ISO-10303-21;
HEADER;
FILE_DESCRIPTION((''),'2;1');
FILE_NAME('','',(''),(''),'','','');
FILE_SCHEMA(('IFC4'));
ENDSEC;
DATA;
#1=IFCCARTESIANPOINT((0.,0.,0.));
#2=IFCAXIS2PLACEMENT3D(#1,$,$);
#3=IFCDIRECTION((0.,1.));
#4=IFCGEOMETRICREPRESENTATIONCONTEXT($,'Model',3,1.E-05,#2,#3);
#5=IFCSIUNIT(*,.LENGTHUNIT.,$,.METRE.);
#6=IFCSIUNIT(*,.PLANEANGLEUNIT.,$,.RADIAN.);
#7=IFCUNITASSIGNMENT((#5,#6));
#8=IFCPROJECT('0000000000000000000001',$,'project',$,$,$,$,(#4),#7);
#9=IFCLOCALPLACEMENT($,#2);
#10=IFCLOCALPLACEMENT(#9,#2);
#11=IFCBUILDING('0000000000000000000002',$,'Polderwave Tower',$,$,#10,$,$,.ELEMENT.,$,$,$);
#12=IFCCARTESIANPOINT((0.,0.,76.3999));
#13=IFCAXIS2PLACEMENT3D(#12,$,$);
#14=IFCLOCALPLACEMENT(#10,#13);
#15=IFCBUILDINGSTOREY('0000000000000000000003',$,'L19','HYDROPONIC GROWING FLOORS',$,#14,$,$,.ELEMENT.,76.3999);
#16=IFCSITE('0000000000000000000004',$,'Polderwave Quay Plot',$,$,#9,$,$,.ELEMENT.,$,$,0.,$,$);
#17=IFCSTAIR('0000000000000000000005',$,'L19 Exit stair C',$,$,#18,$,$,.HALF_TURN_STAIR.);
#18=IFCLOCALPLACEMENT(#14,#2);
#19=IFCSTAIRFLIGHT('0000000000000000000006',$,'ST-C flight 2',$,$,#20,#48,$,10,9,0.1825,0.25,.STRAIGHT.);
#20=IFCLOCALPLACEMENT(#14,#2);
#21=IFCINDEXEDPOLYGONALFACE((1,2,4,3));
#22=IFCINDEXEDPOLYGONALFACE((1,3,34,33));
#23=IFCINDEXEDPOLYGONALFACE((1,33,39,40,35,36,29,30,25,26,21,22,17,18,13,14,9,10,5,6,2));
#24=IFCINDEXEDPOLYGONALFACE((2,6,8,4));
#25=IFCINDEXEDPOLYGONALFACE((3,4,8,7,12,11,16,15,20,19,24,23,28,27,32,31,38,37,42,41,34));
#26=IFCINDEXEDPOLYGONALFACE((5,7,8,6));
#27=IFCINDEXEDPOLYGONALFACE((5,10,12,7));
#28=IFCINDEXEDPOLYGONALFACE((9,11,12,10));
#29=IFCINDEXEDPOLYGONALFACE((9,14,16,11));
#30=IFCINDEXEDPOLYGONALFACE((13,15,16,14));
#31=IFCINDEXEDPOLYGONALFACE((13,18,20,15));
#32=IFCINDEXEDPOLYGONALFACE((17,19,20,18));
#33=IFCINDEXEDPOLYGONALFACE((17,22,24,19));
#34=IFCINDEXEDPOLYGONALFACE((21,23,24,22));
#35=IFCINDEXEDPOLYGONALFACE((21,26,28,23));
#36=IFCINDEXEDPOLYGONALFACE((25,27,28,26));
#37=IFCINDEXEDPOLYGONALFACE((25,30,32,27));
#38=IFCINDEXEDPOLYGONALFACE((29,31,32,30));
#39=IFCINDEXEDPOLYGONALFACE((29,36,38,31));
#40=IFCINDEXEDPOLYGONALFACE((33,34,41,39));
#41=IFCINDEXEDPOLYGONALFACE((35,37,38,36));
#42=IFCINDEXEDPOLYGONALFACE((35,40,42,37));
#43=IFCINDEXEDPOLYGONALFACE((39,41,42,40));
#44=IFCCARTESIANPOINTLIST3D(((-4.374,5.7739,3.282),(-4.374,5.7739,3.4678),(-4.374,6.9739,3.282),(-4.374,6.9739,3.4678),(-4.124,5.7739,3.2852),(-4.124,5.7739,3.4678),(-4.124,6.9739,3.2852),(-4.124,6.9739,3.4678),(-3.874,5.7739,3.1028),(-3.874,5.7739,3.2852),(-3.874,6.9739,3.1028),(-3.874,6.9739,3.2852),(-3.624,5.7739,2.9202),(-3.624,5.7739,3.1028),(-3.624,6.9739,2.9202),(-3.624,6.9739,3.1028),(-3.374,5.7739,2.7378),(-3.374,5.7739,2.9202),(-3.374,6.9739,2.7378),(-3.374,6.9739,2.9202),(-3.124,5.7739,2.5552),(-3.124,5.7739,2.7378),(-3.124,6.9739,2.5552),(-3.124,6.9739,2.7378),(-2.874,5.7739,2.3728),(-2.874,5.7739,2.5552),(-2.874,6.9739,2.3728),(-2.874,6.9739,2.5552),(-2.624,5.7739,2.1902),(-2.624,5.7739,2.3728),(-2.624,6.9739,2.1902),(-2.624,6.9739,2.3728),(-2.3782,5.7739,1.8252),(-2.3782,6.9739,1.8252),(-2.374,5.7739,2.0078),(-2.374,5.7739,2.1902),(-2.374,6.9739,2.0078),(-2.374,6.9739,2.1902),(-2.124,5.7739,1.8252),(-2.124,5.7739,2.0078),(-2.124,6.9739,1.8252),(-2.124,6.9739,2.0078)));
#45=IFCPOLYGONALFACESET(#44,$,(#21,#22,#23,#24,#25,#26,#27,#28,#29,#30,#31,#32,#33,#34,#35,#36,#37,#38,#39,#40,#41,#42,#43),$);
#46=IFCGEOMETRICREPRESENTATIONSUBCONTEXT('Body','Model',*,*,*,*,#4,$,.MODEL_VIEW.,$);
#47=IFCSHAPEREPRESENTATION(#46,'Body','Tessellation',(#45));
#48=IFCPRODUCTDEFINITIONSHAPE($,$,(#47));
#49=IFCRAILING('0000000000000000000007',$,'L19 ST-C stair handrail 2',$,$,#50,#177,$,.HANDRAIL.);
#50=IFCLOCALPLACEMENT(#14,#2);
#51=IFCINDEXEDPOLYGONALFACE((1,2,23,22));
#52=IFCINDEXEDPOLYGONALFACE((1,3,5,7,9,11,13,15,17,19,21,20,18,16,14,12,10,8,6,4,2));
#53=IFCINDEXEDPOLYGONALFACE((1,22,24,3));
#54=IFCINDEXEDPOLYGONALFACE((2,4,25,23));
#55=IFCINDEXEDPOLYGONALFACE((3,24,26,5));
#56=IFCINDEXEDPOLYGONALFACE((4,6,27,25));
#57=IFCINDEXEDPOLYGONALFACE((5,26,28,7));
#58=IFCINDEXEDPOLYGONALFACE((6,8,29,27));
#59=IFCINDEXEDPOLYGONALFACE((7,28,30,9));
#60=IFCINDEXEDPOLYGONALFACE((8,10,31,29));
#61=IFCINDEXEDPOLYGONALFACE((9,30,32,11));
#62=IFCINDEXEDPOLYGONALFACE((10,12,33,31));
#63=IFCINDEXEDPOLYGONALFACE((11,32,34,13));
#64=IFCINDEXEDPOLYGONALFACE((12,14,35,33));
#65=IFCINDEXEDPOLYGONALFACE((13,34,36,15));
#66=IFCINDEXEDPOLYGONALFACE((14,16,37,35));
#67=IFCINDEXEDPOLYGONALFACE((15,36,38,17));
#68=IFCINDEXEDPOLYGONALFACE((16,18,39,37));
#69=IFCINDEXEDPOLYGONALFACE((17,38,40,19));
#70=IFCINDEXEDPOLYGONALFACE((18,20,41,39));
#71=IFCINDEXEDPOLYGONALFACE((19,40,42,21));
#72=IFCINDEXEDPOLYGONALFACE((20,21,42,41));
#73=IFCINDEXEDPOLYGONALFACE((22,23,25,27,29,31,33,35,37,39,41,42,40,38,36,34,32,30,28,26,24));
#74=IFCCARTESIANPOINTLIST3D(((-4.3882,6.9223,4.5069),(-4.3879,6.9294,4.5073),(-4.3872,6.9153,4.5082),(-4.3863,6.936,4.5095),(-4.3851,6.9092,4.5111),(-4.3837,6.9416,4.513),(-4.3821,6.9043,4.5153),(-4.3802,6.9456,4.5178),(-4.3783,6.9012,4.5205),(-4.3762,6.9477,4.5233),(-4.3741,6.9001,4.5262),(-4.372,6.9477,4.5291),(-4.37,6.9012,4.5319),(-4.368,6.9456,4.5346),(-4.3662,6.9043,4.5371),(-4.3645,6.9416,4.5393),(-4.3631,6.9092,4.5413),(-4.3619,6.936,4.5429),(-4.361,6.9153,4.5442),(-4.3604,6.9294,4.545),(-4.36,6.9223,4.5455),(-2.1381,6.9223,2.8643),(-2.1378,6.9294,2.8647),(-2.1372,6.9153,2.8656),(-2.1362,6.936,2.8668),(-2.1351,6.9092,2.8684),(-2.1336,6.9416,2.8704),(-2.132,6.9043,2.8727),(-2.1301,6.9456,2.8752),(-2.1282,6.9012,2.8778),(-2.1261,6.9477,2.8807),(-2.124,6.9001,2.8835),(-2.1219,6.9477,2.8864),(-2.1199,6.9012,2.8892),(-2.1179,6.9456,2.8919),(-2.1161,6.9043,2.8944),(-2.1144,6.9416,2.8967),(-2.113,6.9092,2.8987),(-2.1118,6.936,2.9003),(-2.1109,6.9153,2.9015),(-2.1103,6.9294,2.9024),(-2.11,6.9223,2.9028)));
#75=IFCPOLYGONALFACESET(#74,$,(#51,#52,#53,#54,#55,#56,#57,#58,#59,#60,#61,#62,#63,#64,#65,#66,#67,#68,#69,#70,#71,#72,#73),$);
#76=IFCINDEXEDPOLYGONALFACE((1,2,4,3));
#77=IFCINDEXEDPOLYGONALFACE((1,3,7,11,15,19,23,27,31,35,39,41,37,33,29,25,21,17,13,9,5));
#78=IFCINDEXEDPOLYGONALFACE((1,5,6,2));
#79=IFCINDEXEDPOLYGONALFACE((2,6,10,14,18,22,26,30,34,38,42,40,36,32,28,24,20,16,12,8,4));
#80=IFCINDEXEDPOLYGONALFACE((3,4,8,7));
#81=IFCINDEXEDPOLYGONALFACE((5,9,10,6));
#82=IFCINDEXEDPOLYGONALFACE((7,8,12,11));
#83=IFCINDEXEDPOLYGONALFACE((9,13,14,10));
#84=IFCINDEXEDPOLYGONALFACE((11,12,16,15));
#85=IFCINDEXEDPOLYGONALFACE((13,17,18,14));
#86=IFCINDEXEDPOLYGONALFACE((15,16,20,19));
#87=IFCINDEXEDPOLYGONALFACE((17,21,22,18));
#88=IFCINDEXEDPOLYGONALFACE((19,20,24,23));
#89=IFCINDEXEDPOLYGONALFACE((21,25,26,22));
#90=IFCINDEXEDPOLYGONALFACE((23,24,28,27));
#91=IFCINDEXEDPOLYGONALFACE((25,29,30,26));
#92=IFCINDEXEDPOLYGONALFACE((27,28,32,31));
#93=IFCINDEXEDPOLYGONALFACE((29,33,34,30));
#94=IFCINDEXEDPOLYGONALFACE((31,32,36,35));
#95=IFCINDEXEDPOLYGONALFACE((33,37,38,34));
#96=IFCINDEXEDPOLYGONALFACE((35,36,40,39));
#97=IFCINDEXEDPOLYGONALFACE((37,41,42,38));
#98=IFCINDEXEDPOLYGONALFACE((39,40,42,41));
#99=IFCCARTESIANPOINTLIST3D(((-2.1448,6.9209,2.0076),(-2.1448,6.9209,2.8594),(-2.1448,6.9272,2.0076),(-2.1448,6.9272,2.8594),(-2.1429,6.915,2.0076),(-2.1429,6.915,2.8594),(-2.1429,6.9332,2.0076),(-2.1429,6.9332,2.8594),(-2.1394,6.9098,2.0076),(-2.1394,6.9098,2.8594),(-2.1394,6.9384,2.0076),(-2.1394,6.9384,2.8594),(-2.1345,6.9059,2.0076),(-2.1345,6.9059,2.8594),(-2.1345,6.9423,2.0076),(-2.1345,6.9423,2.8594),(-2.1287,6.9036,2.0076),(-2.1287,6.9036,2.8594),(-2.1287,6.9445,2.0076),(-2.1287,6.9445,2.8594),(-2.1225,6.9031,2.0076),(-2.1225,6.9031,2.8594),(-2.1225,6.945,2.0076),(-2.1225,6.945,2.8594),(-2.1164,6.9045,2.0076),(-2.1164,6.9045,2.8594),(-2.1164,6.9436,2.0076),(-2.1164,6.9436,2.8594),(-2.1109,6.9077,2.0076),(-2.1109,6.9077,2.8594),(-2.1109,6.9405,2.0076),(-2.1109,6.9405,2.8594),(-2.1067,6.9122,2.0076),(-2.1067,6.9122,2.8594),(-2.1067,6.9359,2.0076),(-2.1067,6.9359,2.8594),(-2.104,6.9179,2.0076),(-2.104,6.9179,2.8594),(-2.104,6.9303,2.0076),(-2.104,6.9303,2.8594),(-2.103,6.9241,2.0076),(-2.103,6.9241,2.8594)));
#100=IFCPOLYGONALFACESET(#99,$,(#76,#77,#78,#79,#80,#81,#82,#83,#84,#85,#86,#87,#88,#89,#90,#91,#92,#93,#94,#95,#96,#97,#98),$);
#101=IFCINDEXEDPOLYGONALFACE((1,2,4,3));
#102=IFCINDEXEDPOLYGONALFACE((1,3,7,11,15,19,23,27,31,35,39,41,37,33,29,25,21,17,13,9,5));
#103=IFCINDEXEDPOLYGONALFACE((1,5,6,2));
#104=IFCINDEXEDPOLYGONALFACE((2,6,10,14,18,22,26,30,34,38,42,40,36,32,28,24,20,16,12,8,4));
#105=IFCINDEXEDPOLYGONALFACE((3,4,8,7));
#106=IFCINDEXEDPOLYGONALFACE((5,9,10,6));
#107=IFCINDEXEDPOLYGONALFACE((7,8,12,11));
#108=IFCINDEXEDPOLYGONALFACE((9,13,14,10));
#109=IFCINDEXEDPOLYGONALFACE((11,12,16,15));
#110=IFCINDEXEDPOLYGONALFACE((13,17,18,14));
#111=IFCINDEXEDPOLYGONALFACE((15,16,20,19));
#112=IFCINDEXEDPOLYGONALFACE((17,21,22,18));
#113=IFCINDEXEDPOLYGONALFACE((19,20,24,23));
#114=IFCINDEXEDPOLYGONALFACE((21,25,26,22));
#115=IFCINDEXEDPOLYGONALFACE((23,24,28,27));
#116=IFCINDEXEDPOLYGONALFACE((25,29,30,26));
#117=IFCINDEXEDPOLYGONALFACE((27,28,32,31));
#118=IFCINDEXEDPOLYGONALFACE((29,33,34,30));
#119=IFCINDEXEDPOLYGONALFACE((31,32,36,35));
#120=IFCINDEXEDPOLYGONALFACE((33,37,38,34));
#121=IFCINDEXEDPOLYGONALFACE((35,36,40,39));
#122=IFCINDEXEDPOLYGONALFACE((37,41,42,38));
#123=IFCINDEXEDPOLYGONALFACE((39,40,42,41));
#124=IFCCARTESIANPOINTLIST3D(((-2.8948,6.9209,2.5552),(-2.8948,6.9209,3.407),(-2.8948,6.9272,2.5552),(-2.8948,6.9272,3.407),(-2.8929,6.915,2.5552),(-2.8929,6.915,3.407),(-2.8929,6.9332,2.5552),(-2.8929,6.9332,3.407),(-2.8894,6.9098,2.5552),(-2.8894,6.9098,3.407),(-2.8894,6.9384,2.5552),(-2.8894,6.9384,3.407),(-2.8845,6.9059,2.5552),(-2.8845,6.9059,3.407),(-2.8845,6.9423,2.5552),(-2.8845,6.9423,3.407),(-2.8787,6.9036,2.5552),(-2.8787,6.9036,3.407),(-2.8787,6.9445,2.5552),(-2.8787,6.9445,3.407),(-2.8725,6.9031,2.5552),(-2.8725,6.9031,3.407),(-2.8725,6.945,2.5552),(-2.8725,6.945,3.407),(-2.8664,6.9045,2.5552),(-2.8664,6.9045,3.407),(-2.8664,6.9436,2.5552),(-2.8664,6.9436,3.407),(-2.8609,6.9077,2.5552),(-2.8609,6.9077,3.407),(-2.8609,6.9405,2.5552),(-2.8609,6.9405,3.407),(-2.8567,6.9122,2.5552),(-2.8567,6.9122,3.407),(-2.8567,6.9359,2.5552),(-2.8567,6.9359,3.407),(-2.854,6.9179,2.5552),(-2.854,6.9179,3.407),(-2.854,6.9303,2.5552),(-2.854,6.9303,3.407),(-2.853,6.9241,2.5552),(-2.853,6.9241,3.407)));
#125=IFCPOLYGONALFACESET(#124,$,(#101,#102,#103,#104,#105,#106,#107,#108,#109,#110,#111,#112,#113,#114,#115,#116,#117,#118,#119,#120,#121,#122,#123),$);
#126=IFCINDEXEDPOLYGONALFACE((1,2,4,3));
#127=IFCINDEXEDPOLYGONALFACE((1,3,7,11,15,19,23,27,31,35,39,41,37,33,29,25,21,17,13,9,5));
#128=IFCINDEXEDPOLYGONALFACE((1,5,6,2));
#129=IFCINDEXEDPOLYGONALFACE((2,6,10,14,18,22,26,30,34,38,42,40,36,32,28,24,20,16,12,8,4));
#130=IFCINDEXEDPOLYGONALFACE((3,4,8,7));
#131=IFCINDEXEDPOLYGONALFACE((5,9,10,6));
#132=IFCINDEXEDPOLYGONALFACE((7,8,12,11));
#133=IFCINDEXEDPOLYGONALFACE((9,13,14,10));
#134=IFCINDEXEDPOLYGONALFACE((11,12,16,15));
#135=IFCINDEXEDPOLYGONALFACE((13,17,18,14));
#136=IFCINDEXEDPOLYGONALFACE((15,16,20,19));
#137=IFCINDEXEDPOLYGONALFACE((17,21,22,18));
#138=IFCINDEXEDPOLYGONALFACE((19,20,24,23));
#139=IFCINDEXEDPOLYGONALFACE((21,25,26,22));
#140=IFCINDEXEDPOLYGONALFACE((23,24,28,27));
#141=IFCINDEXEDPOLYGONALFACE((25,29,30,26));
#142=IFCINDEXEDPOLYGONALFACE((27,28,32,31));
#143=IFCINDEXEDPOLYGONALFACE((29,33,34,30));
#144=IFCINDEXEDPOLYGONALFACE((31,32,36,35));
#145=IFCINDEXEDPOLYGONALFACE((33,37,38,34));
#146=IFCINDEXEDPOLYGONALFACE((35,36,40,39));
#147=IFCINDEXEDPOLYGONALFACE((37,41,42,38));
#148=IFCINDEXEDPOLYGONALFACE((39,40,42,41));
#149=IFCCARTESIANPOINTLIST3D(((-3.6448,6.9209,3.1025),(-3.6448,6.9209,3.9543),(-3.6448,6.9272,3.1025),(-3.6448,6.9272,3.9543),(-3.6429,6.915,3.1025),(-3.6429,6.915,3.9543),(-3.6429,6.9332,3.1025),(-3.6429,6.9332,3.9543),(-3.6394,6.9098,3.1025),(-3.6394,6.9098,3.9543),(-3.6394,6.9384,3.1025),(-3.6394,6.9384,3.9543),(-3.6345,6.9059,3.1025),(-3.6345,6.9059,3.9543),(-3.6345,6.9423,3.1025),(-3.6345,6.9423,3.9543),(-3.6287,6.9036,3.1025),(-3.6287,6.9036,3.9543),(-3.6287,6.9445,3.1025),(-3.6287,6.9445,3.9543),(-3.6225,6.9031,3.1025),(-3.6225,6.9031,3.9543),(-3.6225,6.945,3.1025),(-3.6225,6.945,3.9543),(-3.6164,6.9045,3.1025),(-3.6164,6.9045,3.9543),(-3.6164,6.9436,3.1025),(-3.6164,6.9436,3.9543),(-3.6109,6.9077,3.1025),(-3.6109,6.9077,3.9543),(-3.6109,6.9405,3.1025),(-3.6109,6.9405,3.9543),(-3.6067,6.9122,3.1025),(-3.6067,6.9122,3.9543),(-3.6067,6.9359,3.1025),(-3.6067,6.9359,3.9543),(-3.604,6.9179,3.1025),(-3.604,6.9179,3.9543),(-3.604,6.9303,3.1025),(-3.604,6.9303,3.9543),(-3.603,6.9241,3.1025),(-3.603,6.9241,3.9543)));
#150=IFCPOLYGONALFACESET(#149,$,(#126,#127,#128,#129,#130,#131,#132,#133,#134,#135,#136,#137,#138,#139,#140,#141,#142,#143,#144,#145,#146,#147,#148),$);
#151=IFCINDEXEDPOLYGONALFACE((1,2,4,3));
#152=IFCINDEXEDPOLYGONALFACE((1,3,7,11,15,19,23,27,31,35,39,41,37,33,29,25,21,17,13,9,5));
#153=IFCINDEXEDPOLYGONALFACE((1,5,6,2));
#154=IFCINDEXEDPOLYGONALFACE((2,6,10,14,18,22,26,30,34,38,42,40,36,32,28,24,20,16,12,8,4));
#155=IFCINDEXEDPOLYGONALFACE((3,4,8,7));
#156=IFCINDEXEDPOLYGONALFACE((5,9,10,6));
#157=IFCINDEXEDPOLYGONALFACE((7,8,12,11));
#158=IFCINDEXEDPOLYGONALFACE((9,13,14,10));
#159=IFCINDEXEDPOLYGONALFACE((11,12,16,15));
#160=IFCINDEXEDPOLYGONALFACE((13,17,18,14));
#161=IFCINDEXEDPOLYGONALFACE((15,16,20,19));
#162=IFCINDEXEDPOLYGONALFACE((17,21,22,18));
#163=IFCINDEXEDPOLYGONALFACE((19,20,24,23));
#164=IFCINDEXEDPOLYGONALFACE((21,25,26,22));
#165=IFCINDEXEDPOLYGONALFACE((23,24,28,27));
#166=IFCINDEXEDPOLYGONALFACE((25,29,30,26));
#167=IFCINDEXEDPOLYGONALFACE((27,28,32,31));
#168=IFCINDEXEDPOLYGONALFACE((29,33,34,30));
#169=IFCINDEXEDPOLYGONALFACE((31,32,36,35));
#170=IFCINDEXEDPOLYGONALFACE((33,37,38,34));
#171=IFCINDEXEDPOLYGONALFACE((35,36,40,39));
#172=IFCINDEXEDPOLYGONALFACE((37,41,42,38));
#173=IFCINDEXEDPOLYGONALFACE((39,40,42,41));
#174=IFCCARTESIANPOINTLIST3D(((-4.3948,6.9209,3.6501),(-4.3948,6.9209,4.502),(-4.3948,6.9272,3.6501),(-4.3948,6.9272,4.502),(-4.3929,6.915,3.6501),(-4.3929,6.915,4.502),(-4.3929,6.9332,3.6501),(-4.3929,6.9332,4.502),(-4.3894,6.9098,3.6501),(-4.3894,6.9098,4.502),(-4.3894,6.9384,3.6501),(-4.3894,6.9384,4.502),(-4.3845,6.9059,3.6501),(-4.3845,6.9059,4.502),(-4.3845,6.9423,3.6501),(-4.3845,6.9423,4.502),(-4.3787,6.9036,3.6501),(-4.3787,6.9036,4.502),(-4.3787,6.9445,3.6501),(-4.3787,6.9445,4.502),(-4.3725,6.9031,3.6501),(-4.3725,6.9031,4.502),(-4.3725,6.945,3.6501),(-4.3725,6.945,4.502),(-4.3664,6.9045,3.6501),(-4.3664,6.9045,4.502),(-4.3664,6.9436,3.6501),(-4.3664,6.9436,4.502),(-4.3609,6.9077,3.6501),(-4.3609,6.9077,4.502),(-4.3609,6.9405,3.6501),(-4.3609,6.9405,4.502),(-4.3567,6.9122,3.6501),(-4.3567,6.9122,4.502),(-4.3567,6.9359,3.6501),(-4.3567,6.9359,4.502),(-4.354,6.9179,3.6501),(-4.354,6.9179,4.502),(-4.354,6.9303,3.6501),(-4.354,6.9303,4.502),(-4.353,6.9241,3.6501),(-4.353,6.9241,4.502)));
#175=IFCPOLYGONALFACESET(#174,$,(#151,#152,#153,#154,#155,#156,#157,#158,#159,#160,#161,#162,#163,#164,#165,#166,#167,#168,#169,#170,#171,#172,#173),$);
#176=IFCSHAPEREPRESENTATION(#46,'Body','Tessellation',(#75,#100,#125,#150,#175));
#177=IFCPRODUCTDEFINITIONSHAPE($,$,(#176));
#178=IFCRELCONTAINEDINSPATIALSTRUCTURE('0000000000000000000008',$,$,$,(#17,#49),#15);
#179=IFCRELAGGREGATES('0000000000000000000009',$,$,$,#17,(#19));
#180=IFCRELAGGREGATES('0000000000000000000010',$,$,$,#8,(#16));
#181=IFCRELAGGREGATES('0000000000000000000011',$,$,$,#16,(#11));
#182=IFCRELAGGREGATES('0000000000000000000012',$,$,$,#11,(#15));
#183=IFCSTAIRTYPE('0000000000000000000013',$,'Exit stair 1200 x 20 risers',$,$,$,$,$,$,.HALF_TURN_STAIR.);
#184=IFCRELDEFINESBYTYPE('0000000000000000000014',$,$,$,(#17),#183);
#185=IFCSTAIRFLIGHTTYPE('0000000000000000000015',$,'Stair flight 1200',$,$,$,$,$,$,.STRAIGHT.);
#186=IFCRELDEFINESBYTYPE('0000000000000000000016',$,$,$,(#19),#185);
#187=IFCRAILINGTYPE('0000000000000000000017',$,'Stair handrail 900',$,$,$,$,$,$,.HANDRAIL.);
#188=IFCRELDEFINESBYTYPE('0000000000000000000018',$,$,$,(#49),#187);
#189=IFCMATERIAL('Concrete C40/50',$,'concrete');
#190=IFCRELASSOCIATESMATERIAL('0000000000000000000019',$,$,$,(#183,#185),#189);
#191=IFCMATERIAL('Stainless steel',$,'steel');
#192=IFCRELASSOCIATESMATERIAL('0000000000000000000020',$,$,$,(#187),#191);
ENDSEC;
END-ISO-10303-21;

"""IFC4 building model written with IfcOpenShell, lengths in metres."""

from ifc_helpers import new_model, si_unit, direction, frame, origin, origin_2d, place, context, subcontext, project, spatial, polyline, circle, outline, extrude, material, type_object, element, aggregate, save


model = new_model("IFC4")

# Units and contexts
model_context = context("Model", 3, precision=1e-05, world=origin(), true_north=direction((0.0, 1.0)))
body_context = subcontext(model_context, "Body", "Model", "MODEL_VIEW")
ifc_project = project(units=[si_unit("LENGTHUNIT", "METRE"), si_unit("PLANEANGLEUNIT", "RADIAN")], contexts=[model_context])

# Site, building, storey
site_placement = place(None, origin())
site = spatial("IfcSite", under=ifc_project, at=site_placement, Name="Polderwave Quay Plot", CompositionType="ELEMENT", RefElevation=0.0)
building_placement = place(site_placement, origin())
building = spatial("IfcBuilding", under=site, at=building_placement, Name="Polderwave Tower", CompositionType="ELEMENT")
storey_placement = place(building_placement, frame((0.0, 0.0, 76.3999)))
storey = spatial("IfcBuildingStorey", under=building, at=storey_placement, Name="L19", Description="HYDROPONIC GROWING FLOORS", CompositionType="ELEMENT", Elevation=76.3999)

# Stair, stair flight
ifc_material_1 = material(Name="Concrete C40/50", Category="concrete")
stair_type = type_object("IfcStairType", Name="Exit stair 1200 x 20 risers", PredefinedType="HALF_TURN_STAIR", material=ifc_material_1)
stair_placement = place(storey_placement, origin())
stair = element("IfcStair", 1, at=stair_placement, inside=storey, type_object=stair_type, Name="L19 Exit stair C", PredefinedType="HALF_TURN_STAIR")
stair_flight_type = type_object("IfcStairFlightType", Name="Stair flight 1200", PredefinedType="STRAIGHT", material=ifc_material_1)
stair_flight_placement = place(storey_placement, frame((-2.124, 6.374, 1.8252), z_axis=(0.0, 0.0, 1.0), x_axis=(-1.0, 0.0, 0.0)))
stair_flight = element("IfcStairFlight", 2, at=stair_flight_placement, type_object=stair_flight_type, Name="ST-C flight 2", NumberOfRisers=10, NumberOfTreads=9, PredefinedType="STRAIGHT", RiserHeight=0.1825, TreadLength=0.25, context=body_context, shape_type="SweptSolid", body=[
    extrude(outline(polyline([(0.0, 0.0), (0.0, 0.1826), (0.25, 0.1826), (0.25, 0.365), (0.5, 0.365), (0.5, 0.5476), (0.75, 0.5476), (0.75, 0.73), (1.0, 0.73), (1.0, 0.9126), (1.25, 0.9126), (1.25, 1.095), (1.5, 1.095), (1.5, 1.2776), (1.75, 1.2776), (1.75, 1.46), (2.0, 1.46), (2.0, 1.6426), (2.25, 1.6426), (2.25, 1.825), (2.25, 1.4568), (0.2542, 0.0), (0.0, 0.0)])), frame((0.0, 0.6001, 0.0), z_axis=(0.0, -1.0, 0.0), x_axis=(1.0, 0.0, 0.0)), (0.0, 0.0, 1.0), 1.2),
])
aggregate(stair, [stair_flight])

# Railing
ifc_material_2 = material(Name="Stainless steel", Category="steel")
railing_type = type_object("IfcRailingType", Name="Stair handrail 900", PredefinedType="HANDRAIL", material=ifc_material_2)
railing_placement = place(storey_placement, frame((-2.124, 6.9241, 2.0076)))
element("IfcRailing", 3, at=railing_placement, inside=storey, type_object=railing_type, Name="L19 ST-C stair handrail 2", PredefinedType="HANDRAIL", context=body_context, shape_type="SweptSolid", body=[
    extrude(circle(Radius=0.0239, at=origin_2d()), frame((0.0, 0.0, 0.876), z_axis=(-0.807674, 0.0, 0.58963), x_axis=(0.0, -1.0, 0.0)), (0.0, 0.0, 1.0), 2.7859),
    extrude(circle(Radius=0.021, at=origin_2d()), origin(), (0.0, 0.0, 1.0), 0.8518),
    extrude(circle(Radius=0.021, at=origin_2d()), frame((-0.75, 0.0, 0.5476)), (0.0, 0.0, 1.0), 0.8518),
    extrude(circle(Radius=0.021, at=origin_2d()), frame((-1.5, 0.0, 1.095)), (0.0, 0.0, 1.0), 0.8518),
    extrude(circle(Radius=0.021, at=origin_2d()), frame((-2.25, 0.0, 1.6426)), (0.0, 0.0, 1.0), 0.8518),
])

save(model, "model.ifc")
